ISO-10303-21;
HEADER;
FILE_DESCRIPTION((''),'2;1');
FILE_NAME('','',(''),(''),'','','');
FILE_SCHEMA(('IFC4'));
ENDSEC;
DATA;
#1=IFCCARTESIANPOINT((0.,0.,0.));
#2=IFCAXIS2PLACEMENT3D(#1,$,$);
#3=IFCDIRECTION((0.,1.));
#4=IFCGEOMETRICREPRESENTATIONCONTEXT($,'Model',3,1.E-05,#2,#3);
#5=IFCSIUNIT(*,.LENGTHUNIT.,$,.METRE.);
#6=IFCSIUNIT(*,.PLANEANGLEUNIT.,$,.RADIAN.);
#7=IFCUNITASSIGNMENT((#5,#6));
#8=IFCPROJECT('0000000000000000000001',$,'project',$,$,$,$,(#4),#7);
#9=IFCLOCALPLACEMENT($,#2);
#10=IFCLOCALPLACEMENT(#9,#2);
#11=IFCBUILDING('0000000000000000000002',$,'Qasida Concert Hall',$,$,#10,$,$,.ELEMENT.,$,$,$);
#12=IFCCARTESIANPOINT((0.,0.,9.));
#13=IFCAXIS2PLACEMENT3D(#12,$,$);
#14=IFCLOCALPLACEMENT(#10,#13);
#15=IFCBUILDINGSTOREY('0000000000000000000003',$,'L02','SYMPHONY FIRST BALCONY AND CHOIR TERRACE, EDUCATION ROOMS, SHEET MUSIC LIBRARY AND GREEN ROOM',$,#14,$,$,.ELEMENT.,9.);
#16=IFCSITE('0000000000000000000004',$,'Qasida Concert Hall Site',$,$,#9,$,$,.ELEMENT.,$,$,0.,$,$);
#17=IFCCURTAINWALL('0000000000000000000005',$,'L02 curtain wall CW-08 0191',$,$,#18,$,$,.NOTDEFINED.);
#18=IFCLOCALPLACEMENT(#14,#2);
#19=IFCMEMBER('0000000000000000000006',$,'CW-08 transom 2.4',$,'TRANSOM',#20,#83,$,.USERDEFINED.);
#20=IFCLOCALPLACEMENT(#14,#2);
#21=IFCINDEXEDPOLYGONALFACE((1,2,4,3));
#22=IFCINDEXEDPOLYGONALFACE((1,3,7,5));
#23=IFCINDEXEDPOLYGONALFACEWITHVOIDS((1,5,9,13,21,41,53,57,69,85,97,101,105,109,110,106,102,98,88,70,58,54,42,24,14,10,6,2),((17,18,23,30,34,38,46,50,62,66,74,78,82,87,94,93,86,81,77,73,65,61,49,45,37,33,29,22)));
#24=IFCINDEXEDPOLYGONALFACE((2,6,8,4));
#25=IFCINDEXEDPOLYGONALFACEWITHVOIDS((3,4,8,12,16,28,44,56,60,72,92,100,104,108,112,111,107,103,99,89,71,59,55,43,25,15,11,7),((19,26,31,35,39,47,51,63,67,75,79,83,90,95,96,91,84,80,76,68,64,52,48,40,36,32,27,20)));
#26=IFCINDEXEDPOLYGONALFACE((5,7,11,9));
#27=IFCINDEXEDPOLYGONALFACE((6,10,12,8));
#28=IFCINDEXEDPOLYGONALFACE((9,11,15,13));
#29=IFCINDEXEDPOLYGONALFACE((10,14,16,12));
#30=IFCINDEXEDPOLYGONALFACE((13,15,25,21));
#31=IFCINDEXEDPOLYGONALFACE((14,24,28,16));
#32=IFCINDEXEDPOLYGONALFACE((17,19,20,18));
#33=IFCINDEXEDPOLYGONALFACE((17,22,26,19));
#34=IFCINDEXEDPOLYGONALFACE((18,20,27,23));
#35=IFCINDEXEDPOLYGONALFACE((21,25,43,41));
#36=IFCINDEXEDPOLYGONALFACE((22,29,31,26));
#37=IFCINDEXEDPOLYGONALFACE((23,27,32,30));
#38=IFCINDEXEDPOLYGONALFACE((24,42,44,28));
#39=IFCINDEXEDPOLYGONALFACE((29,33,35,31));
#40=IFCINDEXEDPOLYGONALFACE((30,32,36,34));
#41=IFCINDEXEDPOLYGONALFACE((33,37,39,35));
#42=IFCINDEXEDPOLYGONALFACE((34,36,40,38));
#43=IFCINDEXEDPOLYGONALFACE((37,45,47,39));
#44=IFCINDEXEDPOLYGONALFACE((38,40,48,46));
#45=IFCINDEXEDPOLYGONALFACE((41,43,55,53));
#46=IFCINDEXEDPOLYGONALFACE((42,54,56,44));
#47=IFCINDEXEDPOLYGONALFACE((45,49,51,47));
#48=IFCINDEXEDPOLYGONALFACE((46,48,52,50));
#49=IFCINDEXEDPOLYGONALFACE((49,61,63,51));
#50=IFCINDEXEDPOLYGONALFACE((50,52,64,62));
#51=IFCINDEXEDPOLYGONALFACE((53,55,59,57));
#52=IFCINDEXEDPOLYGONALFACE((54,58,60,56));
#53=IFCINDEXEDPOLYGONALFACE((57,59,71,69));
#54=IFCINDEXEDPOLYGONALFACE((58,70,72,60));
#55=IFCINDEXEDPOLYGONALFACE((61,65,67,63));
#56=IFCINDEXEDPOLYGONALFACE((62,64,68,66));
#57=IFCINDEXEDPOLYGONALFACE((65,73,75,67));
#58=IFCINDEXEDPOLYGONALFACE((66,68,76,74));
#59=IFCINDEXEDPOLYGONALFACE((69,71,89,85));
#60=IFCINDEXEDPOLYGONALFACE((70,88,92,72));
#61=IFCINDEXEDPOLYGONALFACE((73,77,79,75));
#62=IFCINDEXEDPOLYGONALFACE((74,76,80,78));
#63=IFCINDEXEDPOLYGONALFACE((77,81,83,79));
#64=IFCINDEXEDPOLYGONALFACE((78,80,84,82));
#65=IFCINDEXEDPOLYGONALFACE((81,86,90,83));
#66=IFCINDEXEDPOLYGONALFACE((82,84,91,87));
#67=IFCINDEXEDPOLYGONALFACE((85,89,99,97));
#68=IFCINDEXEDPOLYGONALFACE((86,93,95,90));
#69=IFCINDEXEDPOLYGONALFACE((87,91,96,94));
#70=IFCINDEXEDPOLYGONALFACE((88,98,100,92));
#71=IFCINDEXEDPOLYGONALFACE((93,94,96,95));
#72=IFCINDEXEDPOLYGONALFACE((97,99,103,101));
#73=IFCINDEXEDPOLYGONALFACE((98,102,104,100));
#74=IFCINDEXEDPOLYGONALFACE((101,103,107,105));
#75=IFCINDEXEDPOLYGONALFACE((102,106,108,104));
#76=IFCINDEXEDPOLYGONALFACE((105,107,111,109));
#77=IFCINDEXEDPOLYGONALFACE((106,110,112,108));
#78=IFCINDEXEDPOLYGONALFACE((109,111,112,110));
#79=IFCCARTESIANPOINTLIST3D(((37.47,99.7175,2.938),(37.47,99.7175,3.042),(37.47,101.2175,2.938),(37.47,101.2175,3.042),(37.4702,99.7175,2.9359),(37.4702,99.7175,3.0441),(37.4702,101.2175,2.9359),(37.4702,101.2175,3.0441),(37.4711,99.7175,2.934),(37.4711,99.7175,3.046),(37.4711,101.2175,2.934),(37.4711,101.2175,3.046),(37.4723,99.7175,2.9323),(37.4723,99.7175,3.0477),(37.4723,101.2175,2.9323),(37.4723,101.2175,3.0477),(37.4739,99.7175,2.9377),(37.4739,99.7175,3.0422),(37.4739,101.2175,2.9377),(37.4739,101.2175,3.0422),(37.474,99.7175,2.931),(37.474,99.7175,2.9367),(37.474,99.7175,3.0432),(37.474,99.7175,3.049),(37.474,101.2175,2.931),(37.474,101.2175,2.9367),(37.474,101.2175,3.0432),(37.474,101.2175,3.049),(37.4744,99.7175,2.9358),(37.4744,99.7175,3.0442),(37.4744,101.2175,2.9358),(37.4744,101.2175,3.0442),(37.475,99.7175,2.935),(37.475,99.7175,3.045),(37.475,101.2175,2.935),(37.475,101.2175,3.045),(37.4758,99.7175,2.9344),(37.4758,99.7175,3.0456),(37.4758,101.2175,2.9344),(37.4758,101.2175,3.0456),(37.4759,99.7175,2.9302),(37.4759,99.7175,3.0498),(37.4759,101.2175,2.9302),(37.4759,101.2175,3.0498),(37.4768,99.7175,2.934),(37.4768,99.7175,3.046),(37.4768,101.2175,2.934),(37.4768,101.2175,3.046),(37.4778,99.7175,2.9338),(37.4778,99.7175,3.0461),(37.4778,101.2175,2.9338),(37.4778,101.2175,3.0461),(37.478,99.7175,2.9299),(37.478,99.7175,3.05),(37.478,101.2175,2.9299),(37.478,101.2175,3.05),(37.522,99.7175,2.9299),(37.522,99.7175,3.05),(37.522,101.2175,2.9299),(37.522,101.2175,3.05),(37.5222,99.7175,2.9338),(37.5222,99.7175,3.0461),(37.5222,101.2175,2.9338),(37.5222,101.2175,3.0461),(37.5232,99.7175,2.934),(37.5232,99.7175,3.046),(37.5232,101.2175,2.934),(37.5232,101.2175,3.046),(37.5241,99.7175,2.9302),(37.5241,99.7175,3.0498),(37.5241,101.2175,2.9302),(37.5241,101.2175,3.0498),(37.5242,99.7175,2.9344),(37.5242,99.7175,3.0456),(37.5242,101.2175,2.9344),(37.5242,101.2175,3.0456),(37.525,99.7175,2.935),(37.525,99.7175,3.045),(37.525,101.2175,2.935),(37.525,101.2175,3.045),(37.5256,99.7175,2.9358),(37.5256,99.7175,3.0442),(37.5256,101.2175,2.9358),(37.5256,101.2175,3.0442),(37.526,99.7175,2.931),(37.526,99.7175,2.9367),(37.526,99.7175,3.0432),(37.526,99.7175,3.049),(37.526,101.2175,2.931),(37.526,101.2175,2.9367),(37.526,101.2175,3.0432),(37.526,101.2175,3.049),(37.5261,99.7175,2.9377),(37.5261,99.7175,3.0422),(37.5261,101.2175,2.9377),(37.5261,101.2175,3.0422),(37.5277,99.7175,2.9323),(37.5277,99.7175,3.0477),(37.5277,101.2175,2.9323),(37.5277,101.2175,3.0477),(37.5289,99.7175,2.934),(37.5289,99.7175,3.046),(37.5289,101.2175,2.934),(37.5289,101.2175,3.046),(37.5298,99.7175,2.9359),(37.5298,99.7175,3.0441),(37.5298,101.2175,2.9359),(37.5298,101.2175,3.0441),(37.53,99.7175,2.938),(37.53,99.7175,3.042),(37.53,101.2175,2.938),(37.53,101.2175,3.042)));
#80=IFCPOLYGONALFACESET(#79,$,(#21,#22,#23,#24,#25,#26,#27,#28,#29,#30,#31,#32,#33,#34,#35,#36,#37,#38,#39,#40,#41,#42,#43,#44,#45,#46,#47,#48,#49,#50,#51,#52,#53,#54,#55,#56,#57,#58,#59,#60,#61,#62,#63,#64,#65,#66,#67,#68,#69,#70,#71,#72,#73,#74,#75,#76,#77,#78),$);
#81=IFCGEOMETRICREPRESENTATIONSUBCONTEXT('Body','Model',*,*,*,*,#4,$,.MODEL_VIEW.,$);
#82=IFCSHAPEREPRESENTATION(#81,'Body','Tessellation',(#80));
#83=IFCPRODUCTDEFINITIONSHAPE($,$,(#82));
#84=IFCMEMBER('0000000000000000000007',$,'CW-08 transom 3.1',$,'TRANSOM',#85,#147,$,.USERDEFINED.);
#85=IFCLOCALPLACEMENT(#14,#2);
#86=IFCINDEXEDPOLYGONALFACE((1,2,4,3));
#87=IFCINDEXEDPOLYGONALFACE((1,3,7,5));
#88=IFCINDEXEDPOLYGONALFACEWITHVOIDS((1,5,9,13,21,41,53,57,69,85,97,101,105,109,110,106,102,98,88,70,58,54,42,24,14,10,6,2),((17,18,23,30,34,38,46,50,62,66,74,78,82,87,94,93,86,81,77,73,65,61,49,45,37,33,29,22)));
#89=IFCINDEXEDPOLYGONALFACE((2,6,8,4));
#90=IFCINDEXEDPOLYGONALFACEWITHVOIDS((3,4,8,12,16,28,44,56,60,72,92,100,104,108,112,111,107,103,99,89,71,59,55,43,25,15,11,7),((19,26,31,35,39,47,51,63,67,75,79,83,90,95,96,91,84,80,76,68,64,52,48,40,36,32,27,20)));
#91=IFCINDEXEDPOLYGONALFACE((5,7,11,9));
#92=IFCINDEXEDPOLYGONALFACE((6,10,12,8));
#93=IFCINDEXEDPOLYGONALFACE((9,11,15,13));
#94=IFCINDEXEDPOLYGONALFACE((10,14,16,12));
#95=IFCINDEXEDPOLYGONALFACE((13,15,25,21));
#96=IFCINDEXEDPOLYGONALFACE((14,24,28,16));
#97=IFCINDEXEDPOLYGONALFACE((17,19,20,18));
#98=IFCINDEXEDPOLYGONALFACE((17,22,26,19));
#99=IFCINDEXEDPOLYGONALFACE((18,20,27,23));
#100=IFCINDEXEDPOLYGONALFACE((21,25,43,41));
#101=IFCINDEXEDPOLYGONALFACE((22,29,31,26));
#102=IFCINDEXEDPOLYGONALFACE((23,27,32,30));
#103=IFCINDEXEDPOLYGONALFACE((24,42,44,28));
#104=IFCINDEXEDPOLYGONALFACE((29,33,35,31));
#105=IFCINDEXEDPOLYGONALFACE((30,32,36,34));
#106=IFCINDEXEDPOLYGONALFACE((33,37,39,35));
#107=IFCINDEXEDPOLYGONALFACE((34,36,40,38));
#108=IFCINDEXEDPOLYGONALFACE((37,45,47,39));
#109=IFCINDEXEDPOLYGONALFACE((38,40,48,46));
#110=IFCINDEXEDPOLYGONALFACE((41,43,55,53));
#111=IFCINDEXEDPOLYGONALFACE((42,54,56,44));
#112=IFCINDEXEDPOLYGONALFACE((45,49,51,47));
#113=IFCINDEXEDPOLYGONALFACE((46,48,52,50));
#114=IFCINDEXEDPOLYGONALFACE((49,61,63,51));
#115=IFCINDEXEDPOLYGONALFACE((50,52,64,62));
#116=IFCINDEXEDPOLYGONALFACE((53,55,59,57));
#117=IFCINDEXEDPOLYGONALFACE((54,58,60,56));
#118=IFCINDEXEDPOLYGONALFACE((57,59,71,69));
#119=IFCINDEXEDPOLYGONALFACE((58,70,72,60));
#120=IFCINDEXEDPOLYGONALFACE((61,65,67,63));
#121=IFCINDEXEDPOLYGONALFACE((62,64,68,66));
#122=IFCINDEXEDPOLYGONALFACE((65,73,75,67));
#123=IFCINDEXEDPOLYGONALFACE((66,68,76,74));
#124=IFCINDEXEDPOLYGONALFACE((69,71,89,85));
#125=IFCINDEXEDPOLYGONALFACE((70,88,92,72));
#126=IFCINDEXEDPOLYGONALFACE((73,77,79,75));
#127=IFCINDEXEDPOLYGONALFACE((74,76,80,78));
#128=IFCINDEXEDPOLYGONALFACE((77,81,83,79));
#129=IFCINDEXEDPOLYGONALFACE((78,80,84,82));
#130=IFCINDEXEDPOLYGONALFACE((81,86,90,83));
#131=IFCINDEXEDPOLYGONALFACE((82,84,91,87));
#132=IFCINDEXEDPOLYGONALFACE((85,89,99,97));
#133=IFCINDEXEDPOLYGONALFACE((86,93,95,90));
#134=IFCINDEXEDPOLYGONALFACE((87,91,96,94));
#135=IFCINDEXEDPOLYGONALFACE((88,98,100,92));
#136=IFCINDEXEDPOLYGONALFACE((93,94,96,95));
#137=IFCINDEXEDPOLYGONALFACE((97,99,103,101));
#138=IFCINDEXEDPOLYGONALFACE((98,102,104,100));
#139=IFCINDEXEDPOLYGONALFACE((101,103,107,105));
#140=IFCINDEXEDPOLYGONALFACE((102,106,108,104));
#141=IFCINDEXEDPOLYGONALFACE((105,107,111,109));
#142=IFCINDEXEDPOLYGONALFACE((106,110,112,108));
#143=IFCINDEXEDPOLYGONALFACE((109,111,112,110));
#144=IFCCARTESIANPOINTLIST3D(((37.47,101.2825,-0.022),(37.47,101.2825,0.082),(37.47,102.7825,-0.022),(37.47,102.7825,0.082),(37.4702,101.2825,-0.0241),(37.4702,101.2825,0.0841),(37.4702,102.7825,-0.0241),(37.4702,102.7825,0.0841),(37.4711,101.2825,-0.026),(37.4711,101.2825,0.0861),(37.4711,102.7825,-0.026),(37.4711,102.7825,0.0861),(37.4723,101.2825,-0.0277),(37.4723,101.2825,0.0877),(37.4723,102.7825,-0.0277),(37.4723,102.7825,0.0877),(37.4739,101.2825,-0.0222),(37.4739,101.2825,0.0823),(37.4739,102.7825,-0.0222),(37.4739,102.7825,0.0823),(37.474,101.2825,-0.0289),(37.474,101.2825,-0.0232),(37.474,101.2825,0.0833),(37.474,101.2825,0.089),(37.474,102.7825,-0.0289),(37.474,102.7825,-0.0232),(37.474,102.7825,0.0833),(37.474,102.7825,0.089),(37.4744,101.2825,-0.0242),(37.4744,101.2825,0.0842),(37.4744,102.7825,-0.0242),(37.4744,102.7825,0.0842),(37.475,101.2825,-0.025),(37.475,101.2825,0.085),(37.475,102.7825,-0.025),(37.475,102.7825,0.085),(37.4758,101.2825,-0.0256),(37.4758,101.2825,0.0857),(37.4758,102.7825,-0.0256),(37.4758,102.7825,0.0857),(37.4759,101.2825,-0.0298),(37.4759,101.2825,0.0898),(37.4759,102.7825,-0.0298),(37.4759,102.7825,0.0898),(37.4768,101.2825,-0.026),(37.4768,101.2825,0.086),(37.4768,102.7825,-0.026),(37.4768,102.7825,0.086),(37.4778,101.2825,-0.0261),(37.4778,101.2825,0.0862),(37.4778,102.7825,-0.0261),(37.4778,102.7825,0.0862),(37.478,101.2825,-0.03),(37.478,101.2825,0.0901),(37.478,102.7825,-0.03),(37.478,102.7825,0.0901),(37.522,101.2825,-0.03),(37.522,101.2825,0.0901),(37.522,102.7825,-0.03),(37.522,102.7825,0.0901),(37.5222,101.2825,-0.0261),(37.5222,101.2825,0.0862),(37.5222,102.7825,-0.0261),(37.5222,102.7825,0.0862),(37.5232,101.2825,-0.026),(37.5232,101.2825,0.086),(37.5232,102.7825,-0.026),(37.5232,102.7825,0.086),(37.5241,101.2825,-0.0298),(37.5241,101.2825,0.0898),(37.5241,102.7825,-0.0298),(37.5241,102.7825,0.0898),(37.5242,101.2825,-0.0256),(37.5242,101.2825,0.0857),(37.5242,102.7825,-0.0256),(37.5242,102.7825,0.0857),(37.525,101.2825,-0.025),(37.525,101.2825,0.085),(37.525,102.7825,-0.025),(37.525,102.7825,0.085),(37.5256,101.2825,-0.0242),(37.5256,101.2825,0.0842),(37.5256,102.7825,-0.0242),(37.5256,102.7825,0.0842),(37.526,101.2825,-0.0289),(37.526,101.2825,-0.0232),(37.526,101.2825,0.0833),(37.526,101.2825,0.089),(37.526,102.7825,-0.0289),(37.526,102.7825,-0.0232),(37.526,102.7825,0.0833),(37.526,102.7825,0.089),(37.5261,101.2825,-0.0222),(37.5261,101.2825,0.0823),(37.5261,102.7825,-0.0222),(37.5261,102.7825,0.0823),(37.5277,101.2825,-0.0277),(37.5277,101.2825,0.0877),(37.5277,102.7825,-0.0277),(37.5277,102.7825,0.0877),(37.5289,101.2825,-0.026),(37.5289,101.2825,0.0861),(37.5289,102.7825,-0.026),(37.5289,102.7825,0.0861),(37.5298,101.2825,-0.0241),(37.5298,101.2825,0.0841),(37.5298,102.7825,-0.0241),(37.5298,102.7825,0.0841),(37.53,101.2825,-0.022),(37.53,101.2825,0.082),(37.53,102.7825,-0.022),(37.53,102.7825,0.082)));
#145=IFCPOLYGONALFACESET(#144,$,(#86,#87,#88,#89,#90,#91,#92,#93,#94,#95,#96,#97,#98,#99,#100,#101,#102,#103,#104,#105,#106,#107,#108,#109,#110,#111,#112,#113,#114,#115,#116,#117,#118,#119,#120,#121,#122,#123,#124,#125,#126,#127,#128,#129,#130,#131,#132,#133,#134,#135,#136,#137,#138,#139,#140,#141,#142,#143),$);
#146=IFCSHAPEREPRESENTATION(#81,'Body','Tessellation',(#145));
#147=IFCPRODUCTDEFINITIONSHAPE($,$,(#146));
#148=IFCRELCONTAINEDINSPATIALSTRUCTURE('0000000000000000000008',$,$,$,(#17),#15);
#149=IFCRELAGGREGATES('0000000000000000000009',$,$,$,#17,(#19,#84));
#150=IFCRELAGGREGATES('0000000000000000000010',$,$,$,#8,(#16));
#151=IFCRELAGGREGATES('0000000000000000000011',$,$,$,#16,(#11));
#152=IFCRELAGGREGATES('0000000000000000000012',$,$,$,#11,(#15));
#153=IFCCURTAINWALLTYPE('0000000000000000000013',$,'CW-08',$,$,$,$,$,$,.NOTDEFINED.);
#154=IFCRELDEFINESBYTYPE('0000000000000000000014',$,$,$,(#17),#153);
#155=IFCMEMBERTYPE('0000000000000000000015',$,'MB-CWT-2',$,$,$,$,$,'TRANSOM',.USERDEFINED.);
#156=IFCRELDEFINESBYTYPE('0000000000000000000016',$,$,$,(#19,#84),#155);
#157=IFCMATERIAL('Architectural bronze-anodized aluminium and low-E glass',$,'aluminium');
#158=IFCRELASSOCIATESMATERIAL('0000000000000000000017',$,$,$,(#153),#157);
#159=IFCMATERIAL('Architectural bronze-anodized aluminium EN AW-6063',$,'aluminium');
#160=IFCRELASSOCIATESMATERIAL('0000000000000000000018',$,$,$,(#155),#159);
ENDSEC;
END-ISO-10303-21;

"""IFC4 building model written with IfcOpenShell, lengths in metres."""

from ifc_helpers import new_model, si_unit, direction, frame, origin, origin_2d, place, context, subcontext, project, spatial, hollow_rectangle, extrude, material, material_profile, profile_set, type_object, element, aggregate, save


model = new_model("IFC4")

# Units and contexts
model_context = context("Model", 3, precision=1e-05, world=origin(), true_north=direction((0.0, 1.0)))
body_context = subcontext(model_context, "Body", "Model", "MODEL_VIEW")
ifc_project = project(units=[si_unit("LENGTHUNIT", "METRE"), si_unit("PLANEANGLEUNIT", "RADIAN")], contexts=[model_context])

# Site, building, storey
site_placement = place(None, origin())
site = spatial("IfcSite", under=ifc_project, at=site_placement, Name="Qasida Concert Hall Site", CompositionType="ELEMENT", RefElevation=0.0)
building_placement = place(site_placement, origin())
building = spatial("IfcBuilding", under=site, at=building_placement, Name="Qasida Concert Hall", CompositionType="ELEMENT")
storey_placement = place(building_placement, frame((0.0, 0.0, 9.0)))
storey = spatial("IfcBuildingStorey", under=building, at=storey_placement, Name="L02", Description="SYMPHONY FIRST BALCONY AND CHOIR TERRACE, EDUCATION ROOMS, SHEET MUSIC LIBRARY AND GREEN ROOM", CompositionType="ELEMENT", Elevation=9.0)

# Curtain wall, members
ifc_material_1 = material(Name="Architectural bronze-anodized aluminium and low-E glass", Category="aluminium")
curtain_wall_type = type_object("IfcCurtainWallType", Name="CW-08", PredefinedType="NOTDEFINED", material=ifc_material_1)
curtain_wall_placement = place(storey_placement, origin())
curtain_wall = element("IfcCurtainWall", 1, at=curtain_wall_placement, inside=storey, type_object=curtain_wall_type, Name="L02 curtain wall CW-08 0191", PredefinedType="NOTDEFINED")
ifc_material_2 = material(Name="Architectural bronze-anodized aluminium EN AW-6063", Category="aluminium")
ifc_material_profile_1 = material_profile(ifc_material_2, hollow_rectangle(XDim=0.0601, YDim=0.1201, WallThickness=0.0039, InnerFilletRadius=0.0039, OuterFilletRadius=0.0081, at=origin_2d()), Name="CWT 120x60x4")
ifc_profile_set_1 = profile_set([ifc_material_profile_1], Name="Architectural bronze-anodized aluminium EN AW-6063")
member_type_1 = type_object("IfcMemberType", Name="MB-CWT-2", ElementType="TRANSOM", PredefinedType="USERDEFINED", material=ifc_profile_set_1)
member_1_placement = place(storey_placement, frame((37.5, 99.7175, 2.99), z_axis=(0.0, 1.0, 0.0), x_axis=(-1.0, 0.0, 0.0)))
member_1 = element("IfcMember", 2, at=member_1_placement, type_object=member_type_1, Name="CW-08 transom 2.4", ObjectType="TRANSOM", PredefinedType="USERDEFINED", context=body_context, shape_type="SweptSolid", body=[
    extrude(hollow_rectangle(XDim=0.0601, YDim=0.1201, WallThickness=0.0039, InnerFilletRadius=0.0039, OuterFilletRadius=0.0081, at=origin_2d()), origin(), (0.0, 0.0, 1.0), 1.5),
])
member_2_placement = place(storey_placement, frame((37.5, 101.2825, 0.03), z_axis=(0.0, 1.0, 0.0), x_axis=(-1.0, 0.0, 0.0)))
member_2 = element("IfcMember", 3, at=member_2_placement, type_object=member_type_1, Name="CW-08 transom 3.1", ObjectType="TRANSOM", PredefinedType="USERDEFINED", context=body_context, shape_type="SweptSolid", body=[
    extrude(hollow_rectangle(XDim=0.0601, YDim=0.1201, WallThickness=0.0039, InnerFilletRadius=0.0039, OuterFilletRadius=0.0081, at=origin_2d()), origin(), (0.0, 0.0, 1.0), 1.5),
])
aggregate(curtain_wall, [member_1, member_2])

save(model, "model.ifc")
